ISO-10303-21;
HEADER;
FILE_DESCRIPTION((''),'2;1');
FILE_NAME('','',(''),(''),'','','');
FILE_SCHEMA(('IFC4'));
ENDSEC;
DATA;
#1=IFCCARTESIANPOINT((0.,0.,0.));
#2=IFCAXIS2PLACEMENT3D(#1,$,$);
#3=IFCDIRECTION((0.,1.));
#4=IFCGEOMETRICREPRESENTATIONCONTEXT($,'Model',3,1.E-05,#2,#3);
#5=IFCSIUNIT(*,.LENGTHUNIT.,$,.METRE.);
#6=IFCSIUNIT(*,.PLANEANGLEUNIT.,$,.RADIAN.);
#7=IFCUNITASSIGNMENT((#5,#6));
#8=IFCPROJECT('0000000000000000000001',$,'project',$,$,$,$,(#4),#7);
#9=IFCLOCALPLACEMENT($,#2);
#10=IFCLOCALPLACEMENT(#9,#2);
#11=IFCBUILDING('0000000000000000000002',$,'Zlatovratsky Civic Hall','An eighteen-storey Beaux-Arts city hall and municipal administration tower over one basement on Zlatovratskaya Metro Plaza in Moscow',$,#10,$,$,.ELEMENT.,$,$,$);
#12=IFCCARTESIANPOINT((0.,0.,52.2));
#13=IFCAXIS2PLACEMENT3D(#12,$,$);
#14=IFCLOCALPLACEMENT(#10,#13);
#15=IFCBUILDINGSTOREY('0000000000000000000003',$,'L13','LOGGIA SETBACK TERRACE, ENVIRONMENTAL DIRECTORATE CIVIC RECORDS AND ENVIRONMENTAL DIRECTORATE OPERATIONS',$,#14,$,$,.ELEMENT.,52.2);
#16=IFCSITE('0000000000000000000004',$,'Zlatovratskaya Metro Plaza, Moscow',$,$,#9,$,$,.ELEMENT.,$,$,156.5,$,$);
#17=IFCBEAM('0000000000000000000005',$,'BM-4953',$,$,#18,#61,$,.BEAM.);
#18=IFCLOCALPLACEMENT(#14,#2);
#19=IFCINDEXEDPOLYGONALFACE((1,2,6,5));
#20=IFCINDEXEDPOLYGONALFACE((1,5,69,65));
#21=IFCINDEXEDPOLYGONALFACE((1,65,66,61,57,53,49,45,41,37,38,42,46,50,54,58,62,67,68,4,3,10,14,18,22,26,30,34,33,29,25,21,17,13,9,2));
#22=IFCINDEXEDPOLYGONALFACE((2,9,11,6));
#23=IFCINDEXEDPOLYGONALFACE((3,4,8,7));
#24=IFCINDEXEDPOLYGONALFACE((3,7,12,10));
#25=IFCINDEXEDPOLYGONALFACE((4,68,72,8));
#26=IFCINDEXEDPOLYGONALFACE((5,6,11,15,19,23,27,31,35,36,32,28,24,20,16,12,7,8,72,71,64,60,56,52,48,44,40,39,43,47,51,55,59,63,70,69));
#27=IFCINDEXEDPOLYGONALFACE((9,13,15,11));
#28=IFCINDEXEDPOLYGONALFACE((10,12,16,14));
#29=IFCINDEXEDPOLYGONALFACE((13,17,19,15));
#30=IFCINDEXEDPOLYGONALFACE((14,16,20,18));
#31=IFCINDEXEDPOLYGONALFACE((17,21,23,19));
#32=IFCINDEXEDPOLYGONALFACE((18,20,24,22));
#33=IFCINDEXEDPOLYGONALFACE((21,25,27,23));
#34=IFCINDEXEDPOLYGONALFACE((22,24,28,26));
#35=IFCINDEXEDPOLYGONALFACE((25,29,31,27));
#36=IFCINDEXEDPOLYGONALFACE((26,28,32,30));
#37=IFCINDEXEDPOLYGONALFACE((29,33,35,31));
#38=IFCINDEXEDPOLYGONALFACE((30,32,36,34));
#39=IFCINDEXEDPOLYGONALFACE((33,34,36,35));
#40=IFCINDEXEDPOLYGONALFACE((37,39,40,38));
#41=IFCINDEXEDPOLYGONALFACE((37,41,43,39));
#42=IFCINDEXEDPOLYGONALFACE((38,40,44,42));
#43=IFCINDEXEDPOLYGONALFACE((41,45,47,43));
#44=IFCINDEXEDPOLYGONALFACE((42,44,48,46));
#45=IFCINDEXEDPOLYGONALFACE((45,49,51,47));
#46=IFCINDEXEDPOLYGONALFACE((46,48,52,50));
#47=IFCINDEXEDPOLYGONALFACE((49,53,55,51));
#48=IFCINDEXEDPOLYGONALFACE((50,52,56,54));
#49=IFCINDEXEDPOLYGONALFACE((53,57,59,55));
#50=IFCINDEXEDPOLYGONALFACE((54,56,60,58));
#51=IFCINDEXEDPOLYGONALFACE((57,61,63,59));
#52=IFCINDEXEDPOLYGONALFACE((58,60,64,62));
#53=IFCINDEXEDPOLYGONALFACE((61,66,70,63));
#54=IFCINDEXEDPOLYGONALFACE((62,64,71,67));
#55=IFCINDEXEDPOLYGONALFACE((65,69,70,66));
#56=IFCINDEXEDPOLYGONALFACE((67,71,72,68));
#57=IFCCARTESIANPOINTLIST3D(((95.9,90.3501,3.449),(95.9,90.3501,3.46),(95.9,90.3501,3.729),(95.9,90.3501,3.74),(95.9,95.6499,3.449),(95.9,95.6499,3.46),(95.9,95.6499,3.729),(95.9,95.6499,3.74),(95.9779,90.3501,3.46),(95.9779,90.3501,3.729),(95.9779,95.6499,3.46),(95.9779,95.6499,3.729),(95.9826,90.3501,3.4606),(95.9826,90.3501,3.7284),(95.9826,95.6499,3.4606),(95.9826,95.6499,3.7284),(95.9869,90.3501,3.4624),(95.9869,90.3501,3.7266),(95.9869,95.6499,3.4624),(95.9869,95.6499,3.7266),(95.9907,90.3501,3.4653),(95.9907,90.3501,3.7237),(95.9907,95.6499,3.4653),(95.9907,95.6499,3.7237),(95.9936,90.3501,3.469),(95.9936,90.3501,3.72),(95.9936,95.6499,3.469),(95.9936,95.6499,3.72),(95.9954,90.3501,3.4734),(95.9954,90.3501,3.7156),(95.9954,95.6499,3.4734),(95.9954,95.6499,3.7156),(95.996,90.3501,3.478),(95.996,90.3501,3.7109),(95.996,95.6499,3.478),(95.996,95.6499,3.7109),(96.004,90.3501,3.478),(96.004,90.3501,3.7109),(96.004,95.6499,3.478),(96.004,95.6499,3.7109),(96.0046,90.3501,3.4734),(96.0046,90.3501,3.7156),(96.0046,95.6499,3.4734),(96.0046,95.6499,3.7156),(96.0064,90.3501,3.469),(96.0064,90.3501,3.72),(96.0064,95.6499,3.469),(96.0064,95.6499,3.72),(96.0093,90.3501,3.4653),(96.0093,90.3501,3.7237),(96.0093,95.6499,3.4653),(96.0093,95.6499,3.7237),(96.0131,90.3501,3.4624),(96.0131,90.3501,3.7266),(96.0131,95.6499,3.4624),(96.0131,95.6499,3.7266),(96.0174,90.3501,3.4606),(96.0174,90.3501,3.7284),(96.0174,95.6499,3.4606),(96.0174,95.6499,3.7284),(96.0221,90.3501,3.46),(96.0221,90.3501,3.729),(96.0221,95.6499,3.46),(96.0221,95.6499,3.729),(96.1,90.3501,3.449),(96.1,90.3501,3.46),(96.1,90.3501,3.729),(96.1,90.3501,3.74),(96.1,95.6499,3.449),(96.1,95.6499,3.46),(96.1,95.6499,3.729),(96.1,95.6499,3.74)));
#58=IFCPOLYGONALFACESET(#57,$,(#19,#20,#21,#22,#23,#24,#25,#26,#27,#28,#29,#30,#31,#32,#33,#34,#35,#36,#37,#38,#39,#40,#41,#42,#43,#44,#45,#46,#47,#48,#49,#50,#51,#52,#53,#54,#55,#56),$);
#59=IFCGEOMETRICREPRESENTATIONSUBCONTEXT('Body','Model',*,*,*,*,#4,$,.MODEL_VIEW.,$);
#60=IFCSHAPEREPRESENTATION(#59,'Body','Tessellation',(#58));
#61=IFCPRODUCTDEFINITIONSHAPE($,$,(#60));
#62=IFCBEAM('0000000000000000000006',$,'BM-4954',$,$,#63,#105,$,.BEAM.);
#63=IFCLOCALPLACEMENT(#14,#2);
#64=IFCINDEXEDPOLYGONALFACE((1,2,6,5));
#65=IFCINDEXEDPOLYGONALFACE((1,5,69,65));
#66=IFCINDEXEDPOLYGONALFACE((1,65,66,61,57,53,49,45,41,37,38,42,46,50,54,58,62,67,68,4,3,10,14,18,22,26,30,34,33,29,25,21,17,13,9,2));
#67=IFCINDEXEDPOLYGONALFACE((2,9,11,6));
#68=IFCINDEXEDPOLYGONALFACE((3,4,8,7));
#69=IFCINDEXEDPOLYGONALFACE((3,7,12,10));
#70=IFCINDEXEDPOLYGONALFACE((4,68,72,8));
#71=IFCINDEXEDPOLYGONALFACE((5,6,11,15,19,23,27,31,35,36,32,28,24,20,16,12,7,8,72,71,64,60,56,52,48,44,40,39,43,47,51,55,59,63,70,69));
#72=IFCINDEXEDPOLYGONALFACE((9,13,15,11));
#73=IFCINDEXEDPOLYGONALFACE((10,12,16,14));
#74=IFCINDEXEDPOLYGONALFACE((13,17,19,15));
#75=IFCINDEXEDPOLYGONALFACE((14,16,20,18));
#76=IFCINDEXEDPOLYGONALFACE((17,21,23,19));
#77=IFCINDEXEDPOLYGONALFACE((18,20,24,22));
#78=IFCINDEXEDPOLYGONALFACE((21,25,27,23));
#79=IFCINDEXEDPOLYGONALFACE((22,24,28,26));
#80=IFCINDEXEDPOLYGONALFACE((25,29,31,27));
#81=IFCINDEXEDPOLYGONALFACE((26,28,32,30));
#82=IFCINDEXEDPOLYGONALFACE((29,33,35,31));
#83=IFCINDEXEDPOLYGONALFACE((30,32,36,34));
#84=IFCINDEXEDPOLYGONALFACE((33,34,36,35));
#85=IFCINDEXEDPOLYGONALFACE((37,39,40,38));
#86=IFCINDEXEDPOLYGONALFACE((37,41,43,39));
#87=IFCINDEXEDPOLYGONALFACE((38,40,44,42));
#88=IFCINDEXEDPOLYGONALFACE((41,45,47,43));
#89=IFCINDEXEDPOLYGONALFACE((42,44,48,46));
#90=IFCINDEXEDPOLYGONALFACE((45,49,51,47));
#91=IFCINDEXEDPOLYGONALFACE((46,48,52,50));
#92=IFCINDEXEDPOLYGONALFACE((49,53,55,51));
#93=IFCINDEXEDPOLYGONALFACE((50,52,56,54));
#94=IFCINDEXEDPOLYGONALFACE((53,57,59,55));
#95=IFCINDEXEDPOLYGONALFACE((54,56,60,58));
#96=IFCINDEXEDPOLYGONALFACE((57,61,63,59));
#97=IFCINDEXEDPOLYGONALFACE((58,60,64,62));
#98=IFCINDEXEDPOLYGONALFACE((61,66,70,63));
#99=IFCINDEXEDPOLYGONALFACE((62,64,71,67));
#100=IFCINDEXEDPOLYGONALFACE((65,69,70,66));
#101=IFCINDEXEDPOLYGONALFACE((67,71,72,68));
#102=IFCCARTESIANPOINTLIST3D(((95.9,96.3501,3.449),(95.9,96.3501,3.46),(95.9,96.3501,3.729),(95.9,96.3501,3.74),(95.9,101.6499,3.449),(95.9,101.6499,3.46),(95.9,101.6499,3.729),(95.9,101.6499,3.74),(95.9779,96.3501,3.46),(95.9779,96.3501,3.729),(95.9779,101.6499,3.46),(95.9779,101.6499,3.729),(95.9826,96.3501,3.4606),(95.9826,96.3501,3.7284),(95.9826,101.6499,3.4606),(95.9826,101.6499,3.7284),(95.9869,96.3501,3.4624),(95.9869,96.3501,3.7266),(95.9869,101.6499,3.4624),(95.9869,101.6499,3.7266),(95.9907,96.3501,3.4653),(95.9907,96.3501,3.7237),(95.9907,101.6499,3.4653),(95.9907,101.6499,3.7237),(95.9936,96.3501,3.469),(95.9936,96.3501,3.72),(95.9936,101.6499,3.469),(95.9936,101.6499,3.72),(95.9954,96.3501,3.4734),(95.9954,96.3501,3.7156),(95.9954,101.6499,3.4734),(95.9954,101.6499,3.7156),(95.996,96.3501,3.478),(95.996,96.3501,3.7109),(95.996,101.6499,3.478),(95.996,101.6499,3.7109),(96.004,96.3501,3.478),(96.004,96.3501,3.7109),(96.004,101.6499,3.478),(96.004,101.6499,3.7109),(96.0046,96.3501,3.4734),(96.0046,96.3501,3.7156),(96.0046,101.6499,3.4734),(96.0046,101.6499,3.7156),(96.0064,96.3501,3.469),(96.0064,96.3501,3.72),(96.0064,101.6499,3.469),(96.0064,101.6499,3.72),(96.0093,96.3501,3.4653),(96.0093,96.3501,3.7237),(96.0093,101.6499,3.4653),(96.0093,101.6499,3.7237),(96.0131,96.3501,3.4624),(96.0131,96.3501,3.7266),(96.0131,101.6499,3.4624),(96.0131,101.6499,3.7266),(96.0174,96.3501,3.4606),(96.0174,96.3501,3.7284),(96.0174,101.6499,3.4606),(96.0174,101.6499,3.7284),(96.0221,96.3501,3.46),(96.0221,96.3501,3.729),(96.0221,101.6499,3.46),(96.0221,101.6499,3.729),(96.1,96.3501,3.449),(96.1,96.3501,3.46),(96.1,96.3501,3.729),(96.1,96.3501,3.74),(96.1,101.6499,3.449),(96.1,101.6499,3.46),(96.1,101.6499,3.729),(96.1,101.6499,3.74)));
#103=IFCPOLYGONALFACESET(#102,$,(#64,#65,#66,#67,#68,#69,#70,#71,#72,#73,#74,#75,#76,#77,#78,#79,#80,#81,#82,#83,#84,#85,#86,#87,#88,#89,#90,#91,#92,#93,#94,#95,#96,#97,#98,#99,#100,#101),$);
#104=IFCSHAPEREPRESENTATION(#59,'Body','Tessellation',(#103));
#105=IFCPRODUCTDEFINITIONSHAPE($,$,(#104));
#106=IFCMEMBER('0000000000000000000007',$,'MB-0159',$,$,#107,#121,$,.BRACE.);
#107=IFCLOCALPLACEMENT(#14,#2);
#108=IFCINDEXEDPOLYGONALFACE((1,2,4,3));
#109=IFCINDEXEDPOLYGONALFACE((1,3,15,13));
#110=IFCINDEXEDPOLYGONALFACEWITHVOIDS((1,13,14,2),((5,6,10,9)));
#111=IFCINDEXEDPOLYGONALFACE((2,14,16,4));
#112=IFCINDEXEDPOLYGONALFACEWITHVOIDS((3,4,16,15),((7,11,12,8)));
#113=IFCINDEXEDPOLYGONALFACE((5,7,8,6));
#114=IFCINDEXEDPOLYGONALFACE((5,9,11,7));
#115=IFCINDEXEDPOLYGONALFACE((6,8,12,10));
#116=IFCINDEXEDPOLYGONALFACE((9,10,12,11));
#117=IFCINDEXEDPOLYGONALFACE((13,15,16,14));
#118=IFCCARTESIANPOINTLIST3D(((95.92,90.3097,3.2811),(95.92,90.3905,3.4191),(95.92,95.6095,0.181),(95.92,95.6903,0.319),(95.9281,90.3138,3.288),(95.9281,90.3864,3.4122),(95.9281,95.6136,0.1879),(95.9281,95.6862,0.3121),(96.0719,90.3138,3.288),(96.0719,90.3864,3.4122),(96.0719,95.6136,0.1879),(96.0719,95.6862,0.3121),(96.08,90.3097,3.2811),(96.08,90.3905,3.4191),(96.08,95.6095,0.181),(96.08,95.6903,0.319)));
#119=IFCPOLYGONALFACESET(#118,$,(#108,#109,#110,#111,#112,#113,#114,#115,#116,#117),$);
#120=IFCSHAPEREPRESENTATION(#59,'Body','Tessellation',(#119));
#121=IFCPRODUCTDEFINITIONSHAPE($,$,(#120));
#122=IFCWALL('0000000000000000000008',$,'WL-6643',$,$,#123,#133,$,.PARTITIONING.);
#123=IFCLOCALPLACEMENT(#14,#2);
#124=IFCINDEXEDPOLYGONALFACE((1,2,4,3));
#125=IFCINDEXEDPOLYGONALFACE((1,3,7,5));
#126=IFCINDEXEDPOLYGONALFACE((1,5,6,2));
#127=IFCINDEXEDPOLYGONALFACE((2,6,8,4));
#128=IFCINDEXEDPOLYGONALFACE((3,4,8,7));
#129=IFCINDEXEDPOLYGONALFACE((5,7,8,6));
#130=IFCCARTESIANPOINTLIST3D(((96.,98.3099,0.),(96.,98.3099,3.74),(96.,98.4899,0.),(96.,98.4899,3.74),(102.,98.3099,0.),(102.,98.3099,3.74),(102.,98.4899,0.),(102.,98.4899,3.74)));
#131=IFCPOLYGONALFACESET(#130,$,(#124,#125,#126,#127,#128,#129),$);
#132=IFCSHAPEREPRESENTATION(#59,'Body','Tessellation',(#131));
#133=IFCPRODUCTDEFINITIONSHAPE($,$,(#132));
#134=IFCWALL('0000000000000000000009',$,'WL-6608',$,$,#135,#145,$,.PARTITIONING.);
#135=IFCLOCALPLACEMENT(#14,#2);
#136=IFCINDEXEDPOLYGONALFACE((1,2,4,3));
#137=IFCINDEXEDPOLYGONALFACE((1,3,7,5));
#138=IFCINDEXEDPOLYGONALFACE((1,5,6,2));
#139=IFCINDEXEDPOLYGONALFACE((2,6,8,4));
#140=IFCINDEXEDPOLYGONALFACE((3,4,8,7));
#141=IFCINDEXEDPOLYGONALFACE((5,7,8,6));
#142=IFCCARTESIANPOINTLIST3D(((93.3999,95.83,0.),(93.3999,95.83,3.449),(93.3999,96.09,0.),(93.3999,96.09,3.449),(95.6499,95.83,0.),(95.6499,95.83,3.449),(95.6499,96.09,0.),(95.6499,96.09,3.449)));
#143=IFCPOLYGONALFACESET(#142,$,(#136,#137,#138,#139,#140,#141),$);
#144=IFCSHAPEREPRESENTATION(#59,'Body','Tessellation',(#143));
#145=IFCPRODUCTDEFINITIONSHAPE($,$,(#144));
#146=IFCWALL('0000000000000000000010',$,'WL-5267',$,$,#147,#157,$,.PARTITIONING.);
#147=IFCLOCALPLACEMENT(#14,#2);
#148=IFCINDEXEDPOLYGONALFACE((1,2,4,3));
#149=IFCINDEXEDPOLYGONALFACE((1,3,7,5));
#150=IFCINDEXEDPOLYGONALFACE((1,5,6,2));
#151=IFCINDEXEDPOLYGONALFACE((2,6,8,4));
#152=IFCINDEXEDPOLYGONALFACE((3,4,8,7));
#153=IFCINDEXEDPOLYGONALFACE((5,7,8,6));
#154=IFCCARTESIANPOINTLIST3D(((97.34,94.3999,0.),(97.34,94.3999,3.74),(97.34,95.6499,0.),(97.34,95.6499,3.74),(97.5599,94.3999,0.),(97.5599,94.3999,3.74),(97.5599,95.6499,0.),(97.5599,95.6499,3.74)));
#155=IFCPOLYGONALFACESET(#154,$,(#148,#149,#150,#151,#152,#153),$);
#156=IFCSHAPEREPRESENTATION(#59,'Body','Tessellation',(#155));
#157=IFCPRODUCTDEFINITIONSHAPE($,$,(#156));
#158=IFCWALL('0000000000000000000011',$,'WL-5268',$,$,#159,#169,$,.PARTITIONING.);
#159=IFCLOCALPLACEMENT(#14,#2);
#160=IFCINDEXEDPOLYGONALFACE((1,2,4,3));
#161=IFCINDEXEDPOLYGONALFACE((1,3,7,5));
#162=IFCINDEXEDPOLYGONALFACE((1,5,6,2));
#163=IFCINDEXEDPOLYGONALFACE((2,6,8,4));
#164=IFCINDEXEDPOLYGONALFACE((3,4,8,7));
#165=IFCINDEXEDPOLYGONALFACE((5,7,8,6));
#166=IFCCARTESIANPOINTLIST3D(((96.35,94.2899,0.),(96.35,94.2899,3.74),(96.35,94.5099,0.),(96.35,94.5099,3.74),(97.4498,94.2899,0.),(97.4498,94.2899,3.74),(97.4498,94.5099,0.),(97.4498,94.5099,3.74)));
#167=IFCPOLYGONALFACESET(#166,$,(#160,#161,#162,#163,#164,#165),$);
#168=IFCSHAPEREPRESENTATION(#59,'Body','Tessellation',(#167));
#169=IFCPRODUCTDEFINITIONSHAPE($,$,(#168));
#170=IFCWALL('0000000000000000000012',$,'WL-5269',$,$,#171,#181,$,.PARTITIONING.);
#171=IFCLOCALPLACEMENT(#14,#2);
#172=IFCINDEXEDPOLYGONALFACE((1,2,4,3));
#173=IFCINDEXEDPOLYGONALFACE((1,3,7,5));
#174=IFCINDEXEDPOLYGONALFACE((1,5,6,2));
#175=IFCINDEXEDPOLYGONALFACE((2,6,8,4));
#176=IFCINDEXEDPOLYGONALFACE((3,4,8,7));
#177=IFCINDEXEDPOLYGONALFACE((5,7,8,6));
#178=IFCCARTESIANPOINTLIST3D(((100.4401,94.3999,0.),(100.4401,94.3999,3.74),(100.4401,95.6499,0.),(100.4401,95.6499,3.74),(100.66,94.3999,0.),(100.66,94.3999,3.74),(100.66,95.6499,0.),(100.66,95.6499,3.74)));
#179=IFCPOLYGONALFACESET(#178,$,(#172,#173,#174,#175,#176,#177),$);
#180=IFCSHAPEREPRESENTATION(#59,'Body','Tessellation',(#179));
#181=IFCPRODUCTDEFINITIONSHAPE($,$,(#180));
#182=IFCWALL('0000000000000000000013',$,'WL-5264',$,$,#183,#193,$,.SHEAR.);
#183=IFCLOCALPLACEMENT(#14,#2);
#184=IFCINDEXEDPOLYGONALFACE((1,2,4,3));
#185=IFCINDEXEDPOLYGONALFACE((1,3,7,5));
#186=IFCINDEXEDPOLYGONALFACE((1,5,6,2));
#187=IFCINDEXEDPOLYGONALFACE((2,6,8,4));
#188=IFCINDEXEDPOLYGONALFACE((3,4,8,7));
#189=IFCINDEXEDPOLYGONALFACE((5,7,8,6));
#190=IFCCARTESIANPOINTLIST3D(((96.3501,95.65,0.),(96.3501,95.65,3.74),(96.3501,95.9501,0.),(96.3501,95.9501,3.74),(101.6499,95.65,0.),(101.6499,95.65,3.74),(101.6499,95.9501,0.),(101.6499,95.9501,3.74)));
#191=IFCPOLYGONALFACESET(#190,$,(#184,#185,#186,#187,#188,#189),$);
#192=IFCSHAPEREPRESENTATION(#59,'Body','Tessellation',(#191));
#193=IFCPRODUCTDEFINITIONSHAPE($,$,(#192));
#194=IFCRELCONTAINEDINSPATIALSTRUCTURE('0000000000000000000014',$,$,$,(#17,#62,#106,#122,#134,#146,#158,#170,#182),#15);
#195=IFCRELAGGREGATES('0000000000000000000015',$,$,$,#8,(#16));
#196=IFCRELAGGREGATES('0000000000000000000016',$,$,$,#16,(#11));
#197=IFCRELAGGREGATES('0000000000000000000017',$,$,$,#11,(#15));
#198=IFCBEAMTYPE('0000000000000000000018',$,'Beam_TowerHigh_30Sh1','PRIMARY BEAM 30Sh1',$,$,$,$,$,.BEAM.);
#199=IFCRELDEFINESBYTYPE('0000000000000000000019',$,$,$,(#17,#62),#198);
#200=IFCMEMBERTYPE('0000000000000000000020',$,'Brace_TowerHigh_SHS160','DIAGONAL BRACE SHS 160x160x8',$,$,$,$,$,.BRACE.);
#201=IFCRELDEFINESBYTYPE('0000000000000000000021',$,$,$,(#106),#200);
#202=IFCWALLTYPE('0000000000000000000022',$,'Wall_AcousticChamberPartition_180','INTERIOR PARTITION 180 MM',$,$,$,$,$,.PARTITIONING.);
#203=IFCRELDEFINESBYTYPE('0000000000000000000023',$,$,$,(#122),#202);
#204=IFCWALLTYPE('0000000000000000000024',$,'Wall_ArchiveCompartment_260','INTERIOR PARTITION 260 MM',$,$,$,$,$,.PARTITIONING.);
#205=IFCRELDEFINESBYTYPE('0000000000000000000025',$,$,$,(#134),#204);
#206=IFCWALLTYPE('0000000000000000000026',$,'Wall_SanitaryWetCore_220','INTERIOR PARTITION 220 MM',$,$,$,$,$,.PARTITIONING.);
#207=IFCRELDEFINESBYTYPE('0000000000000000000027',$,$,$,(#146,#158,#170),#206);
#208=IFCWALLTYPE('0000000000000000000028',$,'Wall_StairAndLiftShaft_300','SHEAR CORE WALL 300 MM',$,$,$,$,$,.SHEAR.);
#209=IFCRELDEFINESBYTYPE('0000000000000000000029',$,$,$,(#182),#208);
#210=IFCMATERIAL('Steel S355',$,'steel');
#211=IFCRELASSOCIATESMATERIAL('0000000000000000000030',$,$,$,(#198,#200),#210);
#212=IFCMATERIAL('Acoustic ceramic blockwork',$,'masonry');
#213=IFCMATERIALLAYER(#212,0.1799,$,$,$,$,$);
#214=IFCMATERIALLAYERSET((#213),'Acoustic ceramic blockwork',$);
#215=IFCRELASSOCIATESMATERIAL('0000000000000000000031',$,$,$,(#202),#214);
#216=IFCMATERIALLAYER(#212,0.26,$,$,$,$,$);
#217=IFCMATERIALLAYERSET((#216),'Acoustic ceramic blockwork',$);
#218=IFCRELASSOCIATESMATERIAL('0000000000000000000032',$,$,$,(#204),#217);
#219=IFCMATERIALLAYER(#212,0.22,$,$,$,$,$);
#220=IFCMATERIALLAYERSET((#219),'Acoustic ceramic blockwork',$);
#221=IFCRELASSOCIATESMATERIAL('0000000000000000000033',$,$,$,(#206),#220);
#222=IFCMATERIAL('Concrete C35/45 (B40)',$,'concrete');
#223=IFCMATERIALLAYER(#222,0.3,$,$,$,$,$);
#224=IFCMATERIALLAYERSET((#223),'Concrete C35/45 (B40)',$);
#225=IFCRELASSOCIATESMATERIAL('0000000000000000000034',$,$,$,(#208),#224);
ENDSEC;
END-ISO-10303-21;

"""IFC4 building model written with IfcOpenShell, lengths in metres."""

from ifc_helpers import new_model, si_unit, direction, frame, frame_2d, origin, origin_2d, place, context, subcontext, project, spatial, rectangle, hollow_rectangle, i_section, extrude, material, layer, layer_set, material_profile, profile_set, type_object, element, save


model = new_model("IFC4")

# Units and contexts
model_context = context("Model", 3, precision=1e-05, world=origin(), true_north=direction((0.0, 1.0)))
body_context = subcontext(model_context, "Body", "Model", "MODEL_VIEW")
ifc_project = project(units=[si_unit("LENGTHUNIT", "METRE"), si_unit("PLANEANGLEUNIT", "RADIAN")], contexts=[model_context])

# Site, building, storey
site_placement = place(None, origin())
site = spatial("IfcSite", under=ifc_project, at=site_placement, Name="Zlatovratskaya Metro Plaza, Moscow", CompositionType="ELEMENT", RefElevation=156.5)
building_placement = place(site_placement, origin())
building = spatial("IfcBuilding", under=site, at=building_placement, Name="Zlatovratsky Civic Hall", Description="An eighteen-storey Beaux-Arts city hall and municipal administration tower over one basement on Zlatovratskaya Metro Plaza in Moscow", CompositionType="ELEMENT")
storey_placement = place(building_placement, frame((0.0, 0.0, 52.2)))
storey = spatial("IfcBuildingStorey", under=building, at=storey_placement, Name="L13", Description="LOGGIA SETBACK TERRACE, ENVIRONMENTAL DIRECTORATE CIVIC RECORDS AND ENVIRONMENTAL DIRECTORATE OPERATIONS", CompositionType="ELEMENT", Elevation=52.2)

# Shared definitions
ifc_material_1 = material(Name="Concrete C35/45 (B40)", Category="concrete")

# Beams
ifc_material_2 = material(Name="Steel S355", Category="steel")
ifc_material_profile_1 = material_profile(ifc_material_2, i_section(OverallWidth=0.2, OverallDepth=0.291, WebThickness=0.0081, FlangeThickness=0.011, FilletRadius=0.0181, at=origin_2d()), Name="30Sh1")
ifc_profile_set_1 = profile_set([ifc_material_profile_1], Name="Steel S355")
beam_type_1 = type_object("IfcBeamType", Name="Beam_TowerHigh_30Sh1", Description="PRIMARY BEAM 30Sh1", PredefinedType="BEAM", material=ifc_profile_set_1)
for number, where, z_axis, x_axis, name in (
    (1, (96.0, 90.3501, 3.5945), (0.0, 1.0, 0.0), (-1.0, 0.0, 0.0), "BM-4953"),
    (2, (96.0, 96.3501, 3.5945), (0.0, 1.0, 0.0), (-1.0, 0.0, 0.0), "BM-4954"),
):
    element("IfcBeam", number, at=place(storey_placement, frame(where, z_axis=z_axis, x_axis=x_axis)), inside=storey, type_object=beam_type_1, Name=name, PredefinedType="BEAM", context=body_context, shape_type="SweptSolid", body=[
        extrude(i_section(OverallWidth=0.2, OverallDepth=0.291, WebThickness=0.0081, FlangeThickness=0.011, FilletRadius=0.0181, at=origin_2d()), origin(), (0.0, 0.0, 1.0), 5.2998),
    ])

# Member
ifc_material_profile_2 = material_profile(ifc_material_2, hollow_rectangle(XDim=0.1599, YDim=0.1599, WallThickness=0.0081, at=origin_2d()), Name="SHS 160x160x8")
ifc_profile_set_2 = profile_set([ifc_material_profile_2], Name="Steel S355")
member_type = type_object("IfcMemberType", Name="Brace_TowerHigh_SHS160", Description="DIAGONAL BRACE SHS 160x160x8", PredefinedType="BRACE", material=ifc_profile_set_2)
member_placement = place(storey_placement, frame((96.0, 90.3501, 3.3501), z_axis=(0.0, 0.863173, -0.504909), x_axis=(-1.0, 0.0, 0.0)))
element("IfcMember", 3, at=member_placement, inside=storey, type_object=member_type, Name="MB-0159", PredefinedType="BRACE", context=body_context, shape_type="SweptSolid", body=[
    extrude(hollow_rectangle(XDim=0.1599, YDim=0.1599, WallThickness=0.0081, at=origin_2d()), origin(), (0.0, 0.0, 1.0), 6.1399),
])

# Walls
ifc_material_3 = material(Name="Acoustic ceramic blockwork", Category="masonry")
ifc_layer_1 = layer(ifc_material_3, 0.1799)
ifc_layer_set_1 = layer_set([ifc_layer_1], Name="Acoustic ceramic blockwork")
wall_type_1 = type_object("IfcWallType", Name="Wall_AcousticChamberPartition_180", Description="INTERIOR PARTITION 180 MM", PredefinedType="PARTITIONING", material=ifc_layer_set_1)
wall_1_placement = place(storey_placement, frame((96.0, 98.3999, 0.0), z_axis=(0.0, 0.0, 1.0), x_axis=(1.0, 0.0, 0.0)))
element("IfcWall", 4, at=wall_1_placement, inside=storey, type_object=wall_type_1, Name="WL-6643", PredefinedType="PARTITIONING", context=body_context, shape_type="SweptSolid", body=[
    extrude(rectangle(XDim=6.0, YDim=0.1799, at=frame_2d((3.0, 0.0))), origin(), (0.0, 0.0, 1.0), 3.74),
])
ifc_layer_2 = layer(ifc_material_3, 0.26)
ifc_layer_set_2 = layer_set([ifc_layer_2], Name="Acoustic ceramic blockwork")
wall_type_2 = type_object("IfcWallType", Name="Wall_ArchiveCompartment_260", Description="INTERIOR PARTITION 260 MM", PredefinedType="PARTITIONING", material=ifc_layer_set_2)
wall_2_placement = place(storey_placement, frame((93.3999, 95.96, 0.0), z_axis=(0.0, 0.0, 1.0), x_axis=(1.0, 0.0, 0.0)))
element("IfcWall", 5, at=wall_2_placement, inside=storey, type_object=wall_type_2, Name="WL-6608", PredefinedType="PARTITIONING", context=body_context, shape_type="SweptSolid", body=[
    extrude(rectangle(XDim=2.25, YDim=0.26, at=frame_2d((1.125, 0.0))), origin(), (0.0, 0.0, 1.0), 3.449),
])

# Walls
ifc_layer_3 = layer(ifc_material_3, 0.22)
ifc_layer_set_3 = layer_set([ifc_layer_3], Name="Acoustic ceramic blockwork")
wall_type_3 = type_object("IfcWallType", Name="Wall_SanitaryWetCore_220", Description="INTERIOR PARTITION 220 MM", PredefinedType="PARTITIONING", material=ifc_layer_set_3)
wall_3_placement = place(storey_placement, frame((97.45, 94.3999, 0.0), z_axis=(0.0, 0.0, 1.0), x_axis=(0.0, 1.0, 0.0)))
element("IfcWall", 6, at=wall_3_placement, inside=storey, type_object=wall_type_3, Name="WL-5267", PredefinedType="PARTITIONING", context=body_context, shape_type="SweptSolid", body=[
    extrude(rectangle(XDim=1.25, YDim=0.22, at=frame_2d((0.625, 0.0))), origin(), (0.0, 0.0, 1.0), 3.74),
])
wall_4_placement = place(storey_placement, frame((96.3501, 94.3999, 0.0), z_axis=(0.0, 0.0, 1.0), x_axis=(1.0, 0.0, 0.0)))
element("IfcWall", 7, at=wall_4_placement, inside=storey, type_object=wall_type_3, Name="WL-5268", PredefinedType="PARTITIONING", context=body_context, shape_type="SweptSolid", body=[
    extrude(rectangle(XDim=1.0999, YDim=0.22, at=frame_2d((0.5498, 0.0))), origin(), (0.0, 0.0, 1.0), 3.74),
])
wall_5_placement = place(storey_placement, frame((100.55, 94.3999, 0.0), z_axis=(0.0, 0.0, 1.0), x_axis=(0.0, 1.0, 0.0)))
element("IfcWall", 8, at=wall_5_placement, inside=storey, type_object=wall_type_3, Name="WL-5269", PredefinedType="PARTITIONING", context=body_context, shape_type="SweptSolid", body=[
    extrude(rectangle(XDim=1.25, YDim=0.22, at=frame_2d((0.625, 0.0))), origin(), (0.0, 0.0, 1.0), 3.74),
])
ifc_layer_4 = layer(ifc_material_1, 0.3)
ifc_layer_set_4 = layer_set([ifc_layer_4], Name="Concrete C35/45 (B40)")
wall_type_4 = type_object("IfcWallType", Name="Wall_StairAndLiftShaft_300", Description="SHEAR CORE WALL 300 MM", PredefinedType="SHEAR", material=ifc_layer_set_4)
wall_6_placement = place(storey_placement, frame((96.3501, 95.8, 0.0), z_axis=(0.0, 0.0, 1.0), x_axis=(1.0, 0.0, 0.0)))
element("IfcWall", 9, at=wall_6_placement, inside=storey, type_object=wall_type_4, Name="WL-5264", PredefinedType="SHEAR", context=body_context, shape_type="SweptSolid", body=[
    extrude(rectangle(XDim=5.2998, YDim=0.3, at=frame_2d((2.6499, 0.0))), origin(), (0.0, 0.0, 1.0), 3.74),
])

save(model, "model.ifc")
